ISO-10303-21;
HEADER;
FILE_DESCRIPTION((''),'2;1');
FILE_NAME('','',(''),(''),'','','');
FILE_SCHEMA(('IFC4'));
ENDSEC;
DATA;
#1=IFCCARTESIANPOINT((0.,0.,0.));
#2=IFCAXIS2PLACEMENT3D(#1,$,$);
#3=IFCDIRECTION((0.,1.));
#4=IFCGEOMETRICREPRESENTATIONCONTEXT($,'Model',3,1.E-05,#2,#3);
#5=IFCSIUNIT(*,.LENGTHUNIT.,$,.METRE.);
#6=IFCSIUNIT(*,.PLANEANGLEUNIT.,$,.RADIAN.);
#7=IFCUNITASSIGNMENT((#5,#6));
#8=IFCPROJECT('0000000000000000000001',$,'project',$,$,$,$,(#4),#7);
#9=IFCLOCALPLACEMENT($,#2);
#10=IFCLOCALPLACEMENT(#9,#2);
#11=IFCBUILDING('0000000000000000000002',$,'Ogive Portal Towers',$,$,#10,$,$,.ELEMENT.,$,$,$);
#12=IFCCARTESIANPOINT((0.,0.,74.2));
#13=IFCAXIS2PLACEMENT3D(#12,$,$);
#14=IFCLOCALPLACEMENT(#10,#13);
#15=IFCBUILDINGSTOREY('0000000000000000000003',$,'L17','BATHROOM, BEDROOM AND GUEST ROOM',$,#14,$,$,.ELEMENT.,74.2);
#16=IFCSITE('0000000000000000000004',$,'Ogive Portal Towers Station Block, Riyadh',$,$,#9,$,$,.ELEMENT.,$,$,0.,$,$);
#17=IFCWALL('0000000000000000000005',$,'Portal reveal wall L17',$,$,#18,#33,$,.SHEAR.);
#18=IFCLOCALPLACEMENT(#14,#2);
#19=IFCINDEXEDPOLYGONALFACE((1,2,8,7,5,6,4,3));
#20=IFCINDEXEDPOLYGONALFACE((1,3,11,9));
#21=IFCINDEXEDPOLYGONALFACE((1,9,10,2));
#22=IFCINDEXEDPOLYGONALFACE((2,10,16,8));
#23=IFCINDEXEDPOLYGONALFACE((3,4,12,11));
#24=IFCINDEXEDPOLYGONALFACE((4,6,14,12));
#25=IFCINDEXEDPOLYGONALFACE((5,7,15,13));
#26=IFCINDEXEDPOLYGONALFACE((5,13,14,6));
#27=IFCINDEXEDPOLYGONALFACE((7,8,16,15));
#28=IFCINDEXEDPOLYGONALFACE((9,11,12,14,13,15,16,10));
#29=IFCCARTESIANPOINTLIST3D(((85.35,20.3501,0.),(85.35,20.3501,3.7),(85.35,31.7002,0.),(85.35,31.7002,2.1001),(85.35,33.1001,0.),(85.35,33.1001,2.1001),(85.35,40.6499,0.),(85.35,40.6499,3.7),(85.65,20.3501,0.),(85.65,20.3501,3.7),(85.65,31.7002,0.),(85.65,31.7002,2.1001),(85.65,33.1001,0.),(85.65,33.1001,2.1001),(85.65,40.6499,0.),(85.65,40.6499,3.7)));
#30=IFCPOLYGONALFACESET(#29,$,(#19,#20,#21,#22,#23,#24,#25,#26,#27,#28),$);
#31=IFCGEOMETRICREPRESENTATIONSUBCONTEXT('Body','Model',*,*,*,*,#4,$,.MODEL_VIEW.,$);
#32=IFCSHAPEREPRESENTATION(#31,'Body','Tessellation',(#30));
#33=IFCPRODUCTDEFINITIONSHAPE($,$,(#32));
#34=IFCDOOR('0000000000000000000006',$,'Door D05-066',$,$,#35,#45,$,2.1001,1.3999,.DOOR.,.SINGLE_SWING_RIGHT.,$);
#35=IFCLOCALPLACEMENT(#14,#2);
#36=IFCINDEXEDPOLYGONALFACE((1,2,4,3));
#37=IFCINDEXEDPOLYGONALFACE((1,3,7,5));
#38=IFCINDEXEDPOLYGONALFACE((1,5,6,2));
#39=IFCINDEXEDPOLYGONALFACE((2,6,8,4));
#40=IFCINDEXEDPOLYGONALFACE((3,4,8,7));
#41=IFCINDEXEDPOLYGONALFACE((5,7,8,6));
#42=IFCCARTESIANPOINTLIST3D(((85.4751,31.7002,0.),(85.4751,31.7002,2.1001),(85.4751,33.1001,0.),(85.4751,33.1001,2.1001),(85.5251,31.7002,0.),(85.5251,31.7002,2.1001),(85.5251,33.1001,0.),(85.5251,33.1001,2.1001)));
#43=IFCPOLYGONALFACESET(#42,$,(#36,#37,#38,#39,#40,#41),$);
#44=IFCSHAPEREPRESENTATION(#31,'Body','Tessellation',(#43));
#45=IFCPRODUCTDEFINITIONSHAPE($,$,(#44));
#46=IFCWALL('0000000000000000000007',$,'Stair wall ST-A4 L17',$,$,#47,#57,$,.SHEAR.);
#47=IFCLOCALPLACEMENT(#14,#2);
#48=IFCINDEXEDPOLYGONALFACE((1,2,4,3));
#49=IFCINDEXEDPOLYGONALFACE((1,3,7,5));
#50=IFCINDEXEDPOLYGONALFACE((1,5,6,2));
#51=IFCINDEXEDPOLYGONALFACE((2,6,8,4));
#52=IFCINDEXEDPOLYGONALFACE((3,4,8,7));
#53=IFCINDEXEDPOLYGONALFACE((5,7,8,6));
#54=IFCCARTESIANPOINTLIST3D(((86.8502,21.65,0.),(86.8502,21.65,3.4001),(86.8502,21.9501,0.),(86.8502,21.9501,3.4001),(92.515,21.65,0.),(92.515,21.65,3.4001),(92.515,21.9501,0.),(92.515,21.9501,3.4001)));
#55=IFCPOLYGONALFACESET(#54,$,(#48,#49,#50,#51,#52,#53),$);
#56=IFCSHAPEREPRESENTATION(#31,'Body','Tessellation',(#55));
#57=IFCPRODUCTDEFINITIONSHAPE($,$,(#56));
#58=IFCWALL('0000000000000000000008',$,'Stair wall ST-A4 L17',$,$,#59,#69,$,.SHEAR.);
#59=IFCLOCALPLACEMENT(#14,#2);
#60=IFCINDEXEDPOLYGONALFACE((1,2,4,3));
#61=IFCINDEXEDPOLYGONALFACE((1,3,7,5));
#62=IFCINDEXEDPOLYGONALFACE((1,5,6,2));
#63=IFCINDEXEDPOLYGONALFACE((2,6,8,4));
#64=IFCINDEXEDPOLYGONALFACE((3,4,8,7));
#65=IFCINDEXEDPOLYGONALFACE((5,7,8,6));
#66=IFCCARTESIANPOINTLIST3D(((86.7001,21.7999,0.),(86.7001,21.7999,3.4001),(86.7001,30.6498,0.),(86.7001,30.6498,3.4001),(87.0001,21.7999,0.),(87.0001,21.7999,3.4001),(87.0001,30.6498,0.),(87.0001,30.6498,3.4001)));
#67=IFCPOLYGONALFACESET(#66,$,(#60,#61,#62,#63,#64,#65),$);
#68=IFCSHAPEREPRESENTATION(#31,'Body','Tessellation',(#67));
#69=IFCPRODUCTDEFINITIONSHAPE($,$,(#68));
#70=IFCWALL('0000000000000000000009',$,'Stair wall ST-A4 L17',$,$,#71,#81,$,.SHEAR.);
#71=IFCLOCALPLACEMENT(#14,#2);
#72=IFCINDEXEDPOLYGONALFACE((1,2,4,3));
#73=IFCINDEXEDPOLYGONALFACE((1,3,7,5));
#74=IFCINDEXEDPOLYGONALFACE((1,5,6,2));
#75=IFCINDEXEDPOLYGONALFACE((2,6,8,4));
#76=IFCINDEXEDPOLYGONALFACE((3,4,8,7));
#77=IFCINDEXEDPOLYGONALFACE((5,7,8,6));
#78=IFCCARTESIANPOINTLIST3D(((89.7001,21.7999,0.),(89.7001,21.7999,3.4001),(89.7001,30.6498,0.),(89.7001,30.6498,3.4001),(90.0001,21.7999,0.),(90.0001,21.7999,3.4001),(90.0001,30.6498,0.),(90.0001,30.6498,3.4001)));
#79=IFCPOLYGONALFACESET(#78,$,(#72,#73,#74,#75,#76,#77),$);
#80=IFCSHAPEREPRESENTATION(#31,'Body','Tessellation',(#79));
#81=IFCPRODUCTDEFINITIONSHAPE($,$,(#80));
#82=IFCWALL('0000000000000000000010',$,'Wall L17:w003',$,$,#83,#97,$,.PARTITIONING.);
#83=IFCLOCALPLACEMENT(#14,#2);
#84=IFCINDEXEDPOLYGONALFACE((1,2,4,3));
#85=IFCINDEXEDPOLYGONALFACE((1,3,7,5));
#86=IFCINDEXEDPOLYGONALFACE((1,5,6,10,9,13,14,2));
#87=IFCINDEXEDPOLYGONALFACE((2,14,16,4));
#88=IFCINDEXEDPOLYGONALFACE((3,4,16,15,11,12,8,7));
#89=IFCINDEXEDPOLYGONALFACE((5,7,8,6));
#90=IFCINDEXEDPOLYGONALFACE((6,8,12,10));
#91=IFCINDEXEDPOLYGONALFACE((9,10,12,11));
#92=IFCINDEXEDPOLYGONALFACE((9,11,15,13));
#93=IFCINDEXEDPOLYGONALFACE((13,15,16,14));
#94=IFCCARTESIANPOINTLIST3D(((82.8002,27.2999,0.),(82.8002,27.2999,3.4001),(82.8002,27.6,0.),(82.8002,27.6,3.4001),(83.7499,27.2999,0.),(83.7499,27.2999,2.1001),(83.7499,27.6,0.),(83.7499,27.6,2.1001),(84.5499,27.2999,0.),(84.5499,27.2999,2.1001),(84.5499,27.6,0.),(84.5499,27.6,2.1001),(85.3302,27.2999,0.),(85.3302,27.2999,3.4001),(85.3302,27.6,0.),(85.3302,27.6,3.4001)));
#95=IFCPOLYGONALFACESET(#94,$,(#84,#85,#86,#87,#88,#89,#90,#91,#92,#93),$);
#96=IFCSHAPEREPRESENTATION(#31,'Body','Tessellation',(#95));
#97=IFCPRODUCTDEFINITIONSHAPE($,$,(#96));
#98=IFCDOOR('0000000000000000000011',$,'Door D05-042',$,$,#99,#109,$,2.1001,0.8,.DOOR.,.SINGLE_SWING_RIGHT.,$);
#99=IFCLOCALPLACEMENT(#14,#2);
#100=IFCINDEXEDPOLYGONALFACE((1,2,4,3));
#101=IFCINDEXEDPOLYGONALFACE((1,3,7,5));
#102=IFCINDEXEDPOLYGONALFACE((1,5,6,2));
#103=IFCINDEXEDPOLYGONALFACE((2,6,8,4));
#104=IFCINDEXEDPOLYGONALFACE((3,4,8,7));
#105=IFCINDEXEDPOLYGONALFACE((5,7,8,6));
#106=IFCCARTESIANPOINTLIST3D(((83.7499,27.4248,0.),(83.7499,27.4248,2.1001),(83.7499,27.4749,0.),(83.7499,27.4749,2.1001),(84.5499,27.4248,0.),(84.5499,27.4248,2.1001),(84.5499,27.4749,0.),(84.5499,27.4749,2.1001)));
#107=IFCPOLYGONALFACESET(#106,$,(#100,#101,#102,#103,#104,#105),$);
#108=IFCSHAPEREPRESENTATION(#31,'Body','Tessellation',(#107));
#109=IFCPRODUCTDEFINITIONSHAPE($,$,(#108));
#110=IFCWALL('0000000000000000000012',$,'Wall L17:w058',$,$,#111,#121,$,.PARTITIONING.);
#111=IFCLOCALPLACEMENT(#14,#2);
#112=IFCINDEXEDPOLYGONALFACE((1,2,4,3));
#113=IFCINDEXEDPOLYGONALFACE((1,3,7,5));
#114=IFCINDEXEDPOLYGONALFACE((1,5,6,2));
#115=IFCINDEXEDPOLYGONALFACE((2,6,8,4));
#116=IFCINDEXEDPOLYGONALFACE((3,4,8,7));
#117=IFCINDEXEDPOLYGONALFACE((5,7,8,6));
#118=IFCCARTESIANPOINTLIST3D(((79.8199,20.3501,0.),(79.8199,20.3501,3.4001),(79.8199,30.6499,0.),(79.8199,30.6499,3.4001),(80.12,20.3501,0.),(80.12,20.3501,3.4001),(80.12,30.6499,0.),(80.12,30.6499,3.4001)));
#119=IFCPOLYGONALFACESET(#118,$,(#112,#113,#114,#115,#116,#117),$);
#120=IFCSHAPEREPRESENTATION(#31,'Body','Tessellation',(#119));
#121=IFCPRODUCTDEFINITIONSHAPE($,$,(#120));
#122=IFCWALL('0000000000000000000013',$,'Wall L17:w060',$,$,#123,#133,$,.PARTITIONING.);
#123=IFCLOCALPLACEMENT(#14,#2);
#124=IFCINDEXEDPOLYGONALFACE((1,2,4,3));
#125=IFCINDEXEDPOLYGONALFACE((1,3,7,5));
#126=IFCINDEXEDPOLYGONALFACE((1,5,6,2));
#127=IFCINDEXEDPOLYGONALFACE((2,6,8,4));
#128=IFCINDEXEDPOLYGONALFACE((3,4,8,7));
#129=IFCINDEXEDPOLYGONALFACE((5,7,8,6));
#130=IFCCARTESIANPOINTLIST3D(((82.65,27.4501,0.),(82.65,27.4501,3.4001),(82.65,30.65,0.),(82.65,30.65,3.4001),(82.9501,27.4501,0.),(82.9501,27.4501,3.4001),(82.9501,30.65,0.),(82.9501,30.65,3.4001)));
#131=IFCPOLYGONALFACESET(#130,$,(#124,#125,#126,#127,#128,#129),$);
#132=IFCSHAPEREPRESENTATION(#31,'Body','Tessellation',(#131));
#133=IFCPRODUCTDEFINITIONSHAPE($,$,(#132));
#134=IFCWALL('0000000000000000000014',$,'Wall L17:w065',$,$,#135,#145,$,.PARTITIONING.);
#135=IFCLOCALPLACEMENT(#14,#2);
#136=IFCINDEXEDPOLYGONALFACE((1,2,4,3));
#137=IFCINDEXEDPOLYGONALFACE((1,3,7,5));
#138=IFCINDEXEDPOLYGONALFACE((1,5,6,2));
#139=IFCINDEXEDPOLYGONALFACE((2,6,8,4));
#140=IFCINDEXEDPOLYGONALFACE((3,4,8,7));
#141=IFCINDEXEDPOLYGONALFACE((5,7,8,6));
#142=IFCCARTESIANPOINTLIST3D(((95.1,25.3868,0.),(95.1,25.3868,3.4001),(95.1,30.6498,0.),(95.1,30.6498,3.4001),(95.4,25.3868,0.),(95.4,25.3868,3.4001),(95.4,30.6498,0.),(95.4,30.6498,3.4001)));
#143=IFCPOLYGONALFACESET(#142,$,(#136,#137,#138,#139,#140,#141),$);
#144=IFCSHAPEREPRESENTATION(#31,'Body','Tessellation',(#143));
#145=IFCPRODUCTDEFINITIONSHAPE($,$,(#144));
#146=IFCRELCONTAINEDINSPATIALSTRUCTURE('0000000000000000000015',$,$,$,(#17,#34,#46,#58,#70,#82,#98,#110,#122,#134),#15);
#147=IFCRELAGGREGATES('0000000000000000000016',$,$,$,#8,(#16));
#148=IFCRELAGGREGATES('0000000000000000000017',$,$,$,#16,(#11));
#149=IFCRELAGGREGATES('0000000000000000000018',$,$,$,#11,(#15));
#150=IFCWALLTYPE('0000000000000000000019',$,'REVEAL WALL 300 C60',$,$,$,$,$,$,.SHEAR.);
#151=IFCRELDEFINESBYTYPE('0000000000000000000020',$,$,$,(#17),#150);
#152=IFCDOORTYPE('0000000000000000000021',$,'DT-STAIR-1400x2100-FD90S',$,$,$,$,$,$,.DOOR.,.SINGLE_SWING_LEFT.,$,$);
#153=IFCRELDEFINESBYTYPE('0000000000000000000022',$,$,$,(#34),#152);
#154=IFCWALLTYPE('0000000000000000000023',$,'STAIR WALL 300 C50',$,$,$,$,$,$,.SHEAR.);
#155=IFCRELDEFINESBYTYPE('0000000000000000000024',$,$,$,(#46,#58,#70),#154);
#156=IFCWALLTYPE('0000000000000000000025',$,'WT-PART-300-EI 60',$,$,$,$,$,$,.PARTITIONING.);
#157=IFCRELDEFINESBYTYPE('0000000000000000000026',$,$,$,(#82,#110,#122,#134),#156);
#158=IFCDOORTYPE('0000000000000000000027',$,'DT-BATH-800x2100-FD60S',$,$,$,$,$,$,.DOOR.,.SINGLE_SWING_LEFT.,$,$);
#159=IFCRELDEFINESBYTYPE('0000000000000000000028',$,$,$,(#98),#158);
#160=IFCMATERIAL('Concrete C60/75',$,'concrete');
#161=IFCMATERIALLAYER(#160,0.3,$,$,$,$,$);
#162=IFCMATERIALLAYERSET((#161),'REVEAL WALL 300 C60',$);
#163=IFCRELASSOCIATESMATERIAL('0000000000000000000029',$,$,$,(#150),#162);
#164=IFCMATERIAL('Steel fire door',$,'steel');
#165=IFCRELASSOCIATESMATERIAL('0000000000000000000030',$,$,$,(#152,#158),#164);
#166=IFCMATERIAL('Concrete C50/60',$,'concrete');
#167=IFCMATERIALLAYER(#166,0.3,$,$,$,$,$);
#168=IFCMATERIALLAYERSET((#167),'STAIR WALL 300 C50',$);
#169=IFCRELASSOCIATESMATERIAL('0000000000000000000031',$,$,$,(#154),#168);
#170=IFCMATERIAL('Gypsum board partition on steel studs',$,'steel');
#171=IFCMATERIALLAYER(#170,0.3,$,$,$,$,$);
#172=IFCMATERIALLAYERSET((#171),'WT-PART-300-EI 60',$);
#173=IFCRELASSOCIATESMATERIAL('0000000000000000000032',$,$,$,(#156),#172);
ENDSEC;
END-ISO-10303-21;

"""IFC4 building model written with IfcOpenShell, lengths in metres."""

from ifc_helpers import new_model, si_unit, direction, frame, frame_2d, origin, place, context, subcontext, project, spatial, rectangle, extrude, material, layer, layer_set, type_object, element, fill, save


model = new_model("IFC4")

# Units and contexts
model_context = context("Model", 3, precision=1e-05, world=origin(), true_north=direction((0.0, 1.0)))
body_context = subcontext(model_context, "Body", "Model", "MODEL_VIEW")
ifc_project = project(units=[si_unit("LENGTHUNIT", "METRE"), si_unit("PLANEANGLEUNIT", "RADIAN")], contexts=[model_context])

# Site, building, storey
site_placement = place(None, origin())
site = spatial("IfcSite", under=ifc_project, at=site_placement, Name="Ogive Portal Towers Station Block, Riyadh", CompositionType="ELEMENT", RefElevation=0.0)
building_placement = place(site_placement, origin())
building = spatial("IfcBuilding", under=site, at=building_placement, Name="Ogive Portal Towers", CompositionType="ELEMENT")
storey_placement = place(building_placement, frame((0.0, 0.0, 74.2)))
storey = spatial("IfcBuildingStorey", under=building, at=storey_placement, Name="L17", Description="BATHROOM, BEDROOM AND GUEST ROOM", CompositionType="ELEMENT", Elevation=74.2)

# Shared definitions
ifc_material_1 = material(Name="Concrete C60/75", Category="concrete")

# Wall, opening, door
ifc_layer_1 = layer(ifc_material_1, 0.3)
ifc_layer_set_1 = layer_set([ifc_layer_1], Name="REVEAL WALL 300 C60")
wall_type_1 = type_object("IfcWallType", Name="REVEAL WALL 300 C60", PredefinedType="SHEAR", material=ifc_layer_set_1)
wall_1_placement = place(storey_placement, frame((85.5, 20.3501, 0.0), z_axis=(0.0, 0.0, 1.0), x_axis=(0.0, 1.0, 0.0)))
wall_1 = element("IfcWall", 1, at=wall_1_placement, inside=storey, type_object=wall_type_1, Name="Portal reveal wall L17", PredefinedType="SHEAR", context=body_context, shape_type="SweptSolid", body=[
    extrude(rectangle(XDim=20.2998, YDim=0.3, at=frame_2d((10.1499, 0.0))), origin(), (0.0, 0.0, 1.0), 3.7),
])
opening_1_placement = place(wall_1_placement, frame((11.3501, 0.0, 0.0)))
opening_1 = element("IfcOpeningElement", 2, at=opening_1_placement, cuts=wall_1, PredefinedType="OPENING", context=body_context, shape_type="SweptSolid", body=[
    extrude(rectangle(XDim=1.3999, YDim=2.1001, at=frame_2d((0.7, 1.05))), frame((0.0, 0.1602, 0.0), z_axis=(0.0, -1.0, 0.0), x_axis=(1.0, 0.0, 0.0)), (0.0, 0.0, 1.0), 0.3201),
])
ifc_material_2 = material(Name="Steel fire door", Category="steel")
door_type_1 = type_object("IfcDoorType", Name="DT-STAIR-1400x2100-FD90S", OperationType="SINGLE_SWING_LEFT", PredefinedType="DOOR", material=ifc_material_2)
door_1_placement = place(opening_1_placement, origin())
door_1 = element("IfcDoor", 3, at=door_1_placement, inside=storey, type_object=door_type_1, Name="Door D05-066", OperationType="SINGLE_SWING_RIGHT", OverallHeight=2.1001, OverallWidth=1.3999, PredefinedType="DOOR", context=body_context, shape_type="SweptSolid", body=[
    extrude(rectangle(XDim=1.3999, YDim=2.1001, at=frame_2d((0.7, 1.05))), frame((0.0, 0.0249, 0.0), z_axis=(0.0, -1.0, 0.0), x_axis=(1.0, 0.0, 0.0)), (0.0, 0.0, 1.0), 0.05),
])
fill(opening_1, door_1)

# Walls
ifc_material_3 = material(Name="Concrete C50/60", Category="concrete")
ifc_layer_2 = layer(ifc_material_3, 0.3)
ifc_layer_set_2 = layer_set([ifc_layer_2], Name="STAIR WALL 300 C50")
wall_type_2 = type_object("IfcWallType", Name="STAIR WALL 300 C50", PredefinedType="SHEAR", material=ifc_layer_set_2)
wall_2_placement = place(storey_placement, frame((86.8501, 21.8, 0.0), z_axis=(0.0, 0.0, 1.0), x_axis=(1.0, 0.0, 0.0)))
element("IfcWall", 4, at=wall_2_placement, inside=storey, type_object=wall_type_2, Name="Stair wall ST-A4 L17", PredefinedType="SHEAR", context=body_context, shape_type="SweptSolid", body=[
    extrude(rectangle(XDim=5.6648, YDim=0.3, at=frame_2d((2.8325, 0.0))), origin(), (0.0, 0.0, 1.0), 3.4001),
])
for number, where, z_axis, x_axis, name in (
    (5, (86.8501, 21.8, 0.0), (0.0, 0.0, 1.0), (0.0, 1.0, 0.0), "Stair wall ST-A4 L17"),
    (6, (89.8501, 21.8, 0.0), (0.0, 0.0, 1.0), (0.0, 1.0, 0.0), "Stair wall ST-A4 L17"),
):
    element("IfcWall", number, at=place(storey_placement, frame(where, z_axis=z_axis, x_axis=x_axis)), inside=storey, type_object=wall_type_2, Name=name, PredefinedType="SHEAR", context=body_context, shape_type="SweptSolid", body=[
        extrude(rectangle(XDim=8.8499, YDim=0.3, at=frame_2d((4.4248, 0.0))), origin(), (0.0, 0.0, 1.0), 3.4001),
    ])

# Wall, opening, door
ifc_material_4 = material(Name="Gypsum board partition on steel studs", Category="steel")
ifc_layer_3 = layer(ifc_material_4, 0.3)
ifc_layer_set_3 = layer_set([ifc_layer_3], Name="WT-PART-300-EI 60")
wall_type_3 = type_object("IfcWallType", Name="WT-PART-300-EI 60", PredefinedType="PARTITIONING", material=ifc_layer_set_3)
wall_3_placement = place(storey_placement, frame((82.8, 27.45, 0.0), z_axis=(0.0, 0.0, 1.0), x_axis=(1.0, 0.0, 0.0)))
wall_3 = element("IfcWall", 7, at=wall_3_placement, inside=storey, type_object=wall_type_3, Name="Wall L17:w003", PredefinedType="PARTITIONING", context=body_context, shape_type="SweptSolid", body=[
    extrude(rectangle(XDim=2.53, YDim=0.3, at=frame_2d((1.2651, 0.0))), origin(), (0.0, 0.0, 1.0), 3.4001),
])
opening_2_placement = place(wall_3_placement, frame((0.95, 0.0, 0.0)))
opening_2 = element("IfcOpeningElement", 8, at=opening_2_placement, cuts=wall_3, PredefinedType="OPENING", context=body_context, shape_type="SweptSolid", body=[
    extrude(rectangle(XDim=0.8, YDim=2.1001, at=frame_2d((0.3999, 1.05))), frame((0.0, 0.1602, 0.0), z_axis=(0.0, -1.0, 0.0), x_axis=(1.0, 0.0, 0.0)), (0.0, 0.0, 1.0), 0.3201),
])
door_type_2 = type_object("IfcDoorType", Name="DT-BATH-800x2100-FD60S", OperationType="SINGLE_SWING_LEFT", PredefinedType="DOOR", material=ifc_material_2)
door_2_placement = place(opening_2_placement, origin())
door_2 = element("IfcDoor", 9, at=door_2_placement, inside=storey, type_object=door_type_2, Name="Door D05-042", OperationType="SINGLE_SWING_RIGHT", OverallHeight=2.1001, OverallWidth=0.8, PredefinedType="DOOR", context=body_context, shape_type="SweptSolid", body=[
    extrude(rectangle(XDim=0.8, YDim=2.1001, at=frame_2d((0.3999, 1.05))), frame((0.0, 0.0249, 0.0), z_axis=(0.0, -1.0, 0.0), x_axis=(1.0, 0.0, 0.0)), (0.0, 0.0, 1.0), 0.05),
])
fill(opening_2, door_2)

# Walls
wall_4_placement = place(storey_placement, frame((79.97, 20.3501, 0.0), z_axis=(0.0, 0.0, 1.0), x_axis=(0.0, 1.0, 0.0)))
element("IfcWall", 10, at=wall_4_placement, inside=storey, type_object=wall_type_3, Name="Wall L17:w058", PredefinedType="PARTITIONING", context=body_context, shape_type="SweptSolid", body=[
    extrude(rectangle(XDim=10.2998, YDim=0.3, at=frame_2d((5.1499, 0.0))), origin(), (0.0, 0.0, 1.0), 3.4001),
])
wall_5_placement = place(storey_placement, frame((82.8, 27.45, 0.0), z_axis=(0.0, 0.0, 1.0), x_axis=(0.0, 1.0, 0.0)))
element("IfcWall", 11, at=wall_5_placement, inside=storey, type_object=wall_type_3, Name="Wall L17:w060", PredefinedType="PARTITIONING", context=body_context, shape_type="SweptSolid", body=[
    extrude(rectangle(XDim=3.2, YDim=0.3, at=frame_2d((1.6001, 0.0))), origin(), (0.0, 0.0, 1.0), 3.4001),
])
wall_6_placement = place(storey_placement, frame((95.25, 25.387, 0.0), z_axis=(0.0, 0.0, 1.0), x_axis=(0.0, 1.0, 0.0)))
element("IfcWall", 12, at=wall_6_placement, inside=storey, type_object=wall_type_3, Name="Wall L17:w065", PredefinedType="PARTITIONING", context=body_context, shape_type="SweptSolid", body=[
    extrude(rectangle(XDim=5.2629, YDim=0.3, at=frame_2d((2.6313, 0.0))), origin(), (0.0, 0.0, 1.0), 3.4001),
])

save(model, "model.ifc")
